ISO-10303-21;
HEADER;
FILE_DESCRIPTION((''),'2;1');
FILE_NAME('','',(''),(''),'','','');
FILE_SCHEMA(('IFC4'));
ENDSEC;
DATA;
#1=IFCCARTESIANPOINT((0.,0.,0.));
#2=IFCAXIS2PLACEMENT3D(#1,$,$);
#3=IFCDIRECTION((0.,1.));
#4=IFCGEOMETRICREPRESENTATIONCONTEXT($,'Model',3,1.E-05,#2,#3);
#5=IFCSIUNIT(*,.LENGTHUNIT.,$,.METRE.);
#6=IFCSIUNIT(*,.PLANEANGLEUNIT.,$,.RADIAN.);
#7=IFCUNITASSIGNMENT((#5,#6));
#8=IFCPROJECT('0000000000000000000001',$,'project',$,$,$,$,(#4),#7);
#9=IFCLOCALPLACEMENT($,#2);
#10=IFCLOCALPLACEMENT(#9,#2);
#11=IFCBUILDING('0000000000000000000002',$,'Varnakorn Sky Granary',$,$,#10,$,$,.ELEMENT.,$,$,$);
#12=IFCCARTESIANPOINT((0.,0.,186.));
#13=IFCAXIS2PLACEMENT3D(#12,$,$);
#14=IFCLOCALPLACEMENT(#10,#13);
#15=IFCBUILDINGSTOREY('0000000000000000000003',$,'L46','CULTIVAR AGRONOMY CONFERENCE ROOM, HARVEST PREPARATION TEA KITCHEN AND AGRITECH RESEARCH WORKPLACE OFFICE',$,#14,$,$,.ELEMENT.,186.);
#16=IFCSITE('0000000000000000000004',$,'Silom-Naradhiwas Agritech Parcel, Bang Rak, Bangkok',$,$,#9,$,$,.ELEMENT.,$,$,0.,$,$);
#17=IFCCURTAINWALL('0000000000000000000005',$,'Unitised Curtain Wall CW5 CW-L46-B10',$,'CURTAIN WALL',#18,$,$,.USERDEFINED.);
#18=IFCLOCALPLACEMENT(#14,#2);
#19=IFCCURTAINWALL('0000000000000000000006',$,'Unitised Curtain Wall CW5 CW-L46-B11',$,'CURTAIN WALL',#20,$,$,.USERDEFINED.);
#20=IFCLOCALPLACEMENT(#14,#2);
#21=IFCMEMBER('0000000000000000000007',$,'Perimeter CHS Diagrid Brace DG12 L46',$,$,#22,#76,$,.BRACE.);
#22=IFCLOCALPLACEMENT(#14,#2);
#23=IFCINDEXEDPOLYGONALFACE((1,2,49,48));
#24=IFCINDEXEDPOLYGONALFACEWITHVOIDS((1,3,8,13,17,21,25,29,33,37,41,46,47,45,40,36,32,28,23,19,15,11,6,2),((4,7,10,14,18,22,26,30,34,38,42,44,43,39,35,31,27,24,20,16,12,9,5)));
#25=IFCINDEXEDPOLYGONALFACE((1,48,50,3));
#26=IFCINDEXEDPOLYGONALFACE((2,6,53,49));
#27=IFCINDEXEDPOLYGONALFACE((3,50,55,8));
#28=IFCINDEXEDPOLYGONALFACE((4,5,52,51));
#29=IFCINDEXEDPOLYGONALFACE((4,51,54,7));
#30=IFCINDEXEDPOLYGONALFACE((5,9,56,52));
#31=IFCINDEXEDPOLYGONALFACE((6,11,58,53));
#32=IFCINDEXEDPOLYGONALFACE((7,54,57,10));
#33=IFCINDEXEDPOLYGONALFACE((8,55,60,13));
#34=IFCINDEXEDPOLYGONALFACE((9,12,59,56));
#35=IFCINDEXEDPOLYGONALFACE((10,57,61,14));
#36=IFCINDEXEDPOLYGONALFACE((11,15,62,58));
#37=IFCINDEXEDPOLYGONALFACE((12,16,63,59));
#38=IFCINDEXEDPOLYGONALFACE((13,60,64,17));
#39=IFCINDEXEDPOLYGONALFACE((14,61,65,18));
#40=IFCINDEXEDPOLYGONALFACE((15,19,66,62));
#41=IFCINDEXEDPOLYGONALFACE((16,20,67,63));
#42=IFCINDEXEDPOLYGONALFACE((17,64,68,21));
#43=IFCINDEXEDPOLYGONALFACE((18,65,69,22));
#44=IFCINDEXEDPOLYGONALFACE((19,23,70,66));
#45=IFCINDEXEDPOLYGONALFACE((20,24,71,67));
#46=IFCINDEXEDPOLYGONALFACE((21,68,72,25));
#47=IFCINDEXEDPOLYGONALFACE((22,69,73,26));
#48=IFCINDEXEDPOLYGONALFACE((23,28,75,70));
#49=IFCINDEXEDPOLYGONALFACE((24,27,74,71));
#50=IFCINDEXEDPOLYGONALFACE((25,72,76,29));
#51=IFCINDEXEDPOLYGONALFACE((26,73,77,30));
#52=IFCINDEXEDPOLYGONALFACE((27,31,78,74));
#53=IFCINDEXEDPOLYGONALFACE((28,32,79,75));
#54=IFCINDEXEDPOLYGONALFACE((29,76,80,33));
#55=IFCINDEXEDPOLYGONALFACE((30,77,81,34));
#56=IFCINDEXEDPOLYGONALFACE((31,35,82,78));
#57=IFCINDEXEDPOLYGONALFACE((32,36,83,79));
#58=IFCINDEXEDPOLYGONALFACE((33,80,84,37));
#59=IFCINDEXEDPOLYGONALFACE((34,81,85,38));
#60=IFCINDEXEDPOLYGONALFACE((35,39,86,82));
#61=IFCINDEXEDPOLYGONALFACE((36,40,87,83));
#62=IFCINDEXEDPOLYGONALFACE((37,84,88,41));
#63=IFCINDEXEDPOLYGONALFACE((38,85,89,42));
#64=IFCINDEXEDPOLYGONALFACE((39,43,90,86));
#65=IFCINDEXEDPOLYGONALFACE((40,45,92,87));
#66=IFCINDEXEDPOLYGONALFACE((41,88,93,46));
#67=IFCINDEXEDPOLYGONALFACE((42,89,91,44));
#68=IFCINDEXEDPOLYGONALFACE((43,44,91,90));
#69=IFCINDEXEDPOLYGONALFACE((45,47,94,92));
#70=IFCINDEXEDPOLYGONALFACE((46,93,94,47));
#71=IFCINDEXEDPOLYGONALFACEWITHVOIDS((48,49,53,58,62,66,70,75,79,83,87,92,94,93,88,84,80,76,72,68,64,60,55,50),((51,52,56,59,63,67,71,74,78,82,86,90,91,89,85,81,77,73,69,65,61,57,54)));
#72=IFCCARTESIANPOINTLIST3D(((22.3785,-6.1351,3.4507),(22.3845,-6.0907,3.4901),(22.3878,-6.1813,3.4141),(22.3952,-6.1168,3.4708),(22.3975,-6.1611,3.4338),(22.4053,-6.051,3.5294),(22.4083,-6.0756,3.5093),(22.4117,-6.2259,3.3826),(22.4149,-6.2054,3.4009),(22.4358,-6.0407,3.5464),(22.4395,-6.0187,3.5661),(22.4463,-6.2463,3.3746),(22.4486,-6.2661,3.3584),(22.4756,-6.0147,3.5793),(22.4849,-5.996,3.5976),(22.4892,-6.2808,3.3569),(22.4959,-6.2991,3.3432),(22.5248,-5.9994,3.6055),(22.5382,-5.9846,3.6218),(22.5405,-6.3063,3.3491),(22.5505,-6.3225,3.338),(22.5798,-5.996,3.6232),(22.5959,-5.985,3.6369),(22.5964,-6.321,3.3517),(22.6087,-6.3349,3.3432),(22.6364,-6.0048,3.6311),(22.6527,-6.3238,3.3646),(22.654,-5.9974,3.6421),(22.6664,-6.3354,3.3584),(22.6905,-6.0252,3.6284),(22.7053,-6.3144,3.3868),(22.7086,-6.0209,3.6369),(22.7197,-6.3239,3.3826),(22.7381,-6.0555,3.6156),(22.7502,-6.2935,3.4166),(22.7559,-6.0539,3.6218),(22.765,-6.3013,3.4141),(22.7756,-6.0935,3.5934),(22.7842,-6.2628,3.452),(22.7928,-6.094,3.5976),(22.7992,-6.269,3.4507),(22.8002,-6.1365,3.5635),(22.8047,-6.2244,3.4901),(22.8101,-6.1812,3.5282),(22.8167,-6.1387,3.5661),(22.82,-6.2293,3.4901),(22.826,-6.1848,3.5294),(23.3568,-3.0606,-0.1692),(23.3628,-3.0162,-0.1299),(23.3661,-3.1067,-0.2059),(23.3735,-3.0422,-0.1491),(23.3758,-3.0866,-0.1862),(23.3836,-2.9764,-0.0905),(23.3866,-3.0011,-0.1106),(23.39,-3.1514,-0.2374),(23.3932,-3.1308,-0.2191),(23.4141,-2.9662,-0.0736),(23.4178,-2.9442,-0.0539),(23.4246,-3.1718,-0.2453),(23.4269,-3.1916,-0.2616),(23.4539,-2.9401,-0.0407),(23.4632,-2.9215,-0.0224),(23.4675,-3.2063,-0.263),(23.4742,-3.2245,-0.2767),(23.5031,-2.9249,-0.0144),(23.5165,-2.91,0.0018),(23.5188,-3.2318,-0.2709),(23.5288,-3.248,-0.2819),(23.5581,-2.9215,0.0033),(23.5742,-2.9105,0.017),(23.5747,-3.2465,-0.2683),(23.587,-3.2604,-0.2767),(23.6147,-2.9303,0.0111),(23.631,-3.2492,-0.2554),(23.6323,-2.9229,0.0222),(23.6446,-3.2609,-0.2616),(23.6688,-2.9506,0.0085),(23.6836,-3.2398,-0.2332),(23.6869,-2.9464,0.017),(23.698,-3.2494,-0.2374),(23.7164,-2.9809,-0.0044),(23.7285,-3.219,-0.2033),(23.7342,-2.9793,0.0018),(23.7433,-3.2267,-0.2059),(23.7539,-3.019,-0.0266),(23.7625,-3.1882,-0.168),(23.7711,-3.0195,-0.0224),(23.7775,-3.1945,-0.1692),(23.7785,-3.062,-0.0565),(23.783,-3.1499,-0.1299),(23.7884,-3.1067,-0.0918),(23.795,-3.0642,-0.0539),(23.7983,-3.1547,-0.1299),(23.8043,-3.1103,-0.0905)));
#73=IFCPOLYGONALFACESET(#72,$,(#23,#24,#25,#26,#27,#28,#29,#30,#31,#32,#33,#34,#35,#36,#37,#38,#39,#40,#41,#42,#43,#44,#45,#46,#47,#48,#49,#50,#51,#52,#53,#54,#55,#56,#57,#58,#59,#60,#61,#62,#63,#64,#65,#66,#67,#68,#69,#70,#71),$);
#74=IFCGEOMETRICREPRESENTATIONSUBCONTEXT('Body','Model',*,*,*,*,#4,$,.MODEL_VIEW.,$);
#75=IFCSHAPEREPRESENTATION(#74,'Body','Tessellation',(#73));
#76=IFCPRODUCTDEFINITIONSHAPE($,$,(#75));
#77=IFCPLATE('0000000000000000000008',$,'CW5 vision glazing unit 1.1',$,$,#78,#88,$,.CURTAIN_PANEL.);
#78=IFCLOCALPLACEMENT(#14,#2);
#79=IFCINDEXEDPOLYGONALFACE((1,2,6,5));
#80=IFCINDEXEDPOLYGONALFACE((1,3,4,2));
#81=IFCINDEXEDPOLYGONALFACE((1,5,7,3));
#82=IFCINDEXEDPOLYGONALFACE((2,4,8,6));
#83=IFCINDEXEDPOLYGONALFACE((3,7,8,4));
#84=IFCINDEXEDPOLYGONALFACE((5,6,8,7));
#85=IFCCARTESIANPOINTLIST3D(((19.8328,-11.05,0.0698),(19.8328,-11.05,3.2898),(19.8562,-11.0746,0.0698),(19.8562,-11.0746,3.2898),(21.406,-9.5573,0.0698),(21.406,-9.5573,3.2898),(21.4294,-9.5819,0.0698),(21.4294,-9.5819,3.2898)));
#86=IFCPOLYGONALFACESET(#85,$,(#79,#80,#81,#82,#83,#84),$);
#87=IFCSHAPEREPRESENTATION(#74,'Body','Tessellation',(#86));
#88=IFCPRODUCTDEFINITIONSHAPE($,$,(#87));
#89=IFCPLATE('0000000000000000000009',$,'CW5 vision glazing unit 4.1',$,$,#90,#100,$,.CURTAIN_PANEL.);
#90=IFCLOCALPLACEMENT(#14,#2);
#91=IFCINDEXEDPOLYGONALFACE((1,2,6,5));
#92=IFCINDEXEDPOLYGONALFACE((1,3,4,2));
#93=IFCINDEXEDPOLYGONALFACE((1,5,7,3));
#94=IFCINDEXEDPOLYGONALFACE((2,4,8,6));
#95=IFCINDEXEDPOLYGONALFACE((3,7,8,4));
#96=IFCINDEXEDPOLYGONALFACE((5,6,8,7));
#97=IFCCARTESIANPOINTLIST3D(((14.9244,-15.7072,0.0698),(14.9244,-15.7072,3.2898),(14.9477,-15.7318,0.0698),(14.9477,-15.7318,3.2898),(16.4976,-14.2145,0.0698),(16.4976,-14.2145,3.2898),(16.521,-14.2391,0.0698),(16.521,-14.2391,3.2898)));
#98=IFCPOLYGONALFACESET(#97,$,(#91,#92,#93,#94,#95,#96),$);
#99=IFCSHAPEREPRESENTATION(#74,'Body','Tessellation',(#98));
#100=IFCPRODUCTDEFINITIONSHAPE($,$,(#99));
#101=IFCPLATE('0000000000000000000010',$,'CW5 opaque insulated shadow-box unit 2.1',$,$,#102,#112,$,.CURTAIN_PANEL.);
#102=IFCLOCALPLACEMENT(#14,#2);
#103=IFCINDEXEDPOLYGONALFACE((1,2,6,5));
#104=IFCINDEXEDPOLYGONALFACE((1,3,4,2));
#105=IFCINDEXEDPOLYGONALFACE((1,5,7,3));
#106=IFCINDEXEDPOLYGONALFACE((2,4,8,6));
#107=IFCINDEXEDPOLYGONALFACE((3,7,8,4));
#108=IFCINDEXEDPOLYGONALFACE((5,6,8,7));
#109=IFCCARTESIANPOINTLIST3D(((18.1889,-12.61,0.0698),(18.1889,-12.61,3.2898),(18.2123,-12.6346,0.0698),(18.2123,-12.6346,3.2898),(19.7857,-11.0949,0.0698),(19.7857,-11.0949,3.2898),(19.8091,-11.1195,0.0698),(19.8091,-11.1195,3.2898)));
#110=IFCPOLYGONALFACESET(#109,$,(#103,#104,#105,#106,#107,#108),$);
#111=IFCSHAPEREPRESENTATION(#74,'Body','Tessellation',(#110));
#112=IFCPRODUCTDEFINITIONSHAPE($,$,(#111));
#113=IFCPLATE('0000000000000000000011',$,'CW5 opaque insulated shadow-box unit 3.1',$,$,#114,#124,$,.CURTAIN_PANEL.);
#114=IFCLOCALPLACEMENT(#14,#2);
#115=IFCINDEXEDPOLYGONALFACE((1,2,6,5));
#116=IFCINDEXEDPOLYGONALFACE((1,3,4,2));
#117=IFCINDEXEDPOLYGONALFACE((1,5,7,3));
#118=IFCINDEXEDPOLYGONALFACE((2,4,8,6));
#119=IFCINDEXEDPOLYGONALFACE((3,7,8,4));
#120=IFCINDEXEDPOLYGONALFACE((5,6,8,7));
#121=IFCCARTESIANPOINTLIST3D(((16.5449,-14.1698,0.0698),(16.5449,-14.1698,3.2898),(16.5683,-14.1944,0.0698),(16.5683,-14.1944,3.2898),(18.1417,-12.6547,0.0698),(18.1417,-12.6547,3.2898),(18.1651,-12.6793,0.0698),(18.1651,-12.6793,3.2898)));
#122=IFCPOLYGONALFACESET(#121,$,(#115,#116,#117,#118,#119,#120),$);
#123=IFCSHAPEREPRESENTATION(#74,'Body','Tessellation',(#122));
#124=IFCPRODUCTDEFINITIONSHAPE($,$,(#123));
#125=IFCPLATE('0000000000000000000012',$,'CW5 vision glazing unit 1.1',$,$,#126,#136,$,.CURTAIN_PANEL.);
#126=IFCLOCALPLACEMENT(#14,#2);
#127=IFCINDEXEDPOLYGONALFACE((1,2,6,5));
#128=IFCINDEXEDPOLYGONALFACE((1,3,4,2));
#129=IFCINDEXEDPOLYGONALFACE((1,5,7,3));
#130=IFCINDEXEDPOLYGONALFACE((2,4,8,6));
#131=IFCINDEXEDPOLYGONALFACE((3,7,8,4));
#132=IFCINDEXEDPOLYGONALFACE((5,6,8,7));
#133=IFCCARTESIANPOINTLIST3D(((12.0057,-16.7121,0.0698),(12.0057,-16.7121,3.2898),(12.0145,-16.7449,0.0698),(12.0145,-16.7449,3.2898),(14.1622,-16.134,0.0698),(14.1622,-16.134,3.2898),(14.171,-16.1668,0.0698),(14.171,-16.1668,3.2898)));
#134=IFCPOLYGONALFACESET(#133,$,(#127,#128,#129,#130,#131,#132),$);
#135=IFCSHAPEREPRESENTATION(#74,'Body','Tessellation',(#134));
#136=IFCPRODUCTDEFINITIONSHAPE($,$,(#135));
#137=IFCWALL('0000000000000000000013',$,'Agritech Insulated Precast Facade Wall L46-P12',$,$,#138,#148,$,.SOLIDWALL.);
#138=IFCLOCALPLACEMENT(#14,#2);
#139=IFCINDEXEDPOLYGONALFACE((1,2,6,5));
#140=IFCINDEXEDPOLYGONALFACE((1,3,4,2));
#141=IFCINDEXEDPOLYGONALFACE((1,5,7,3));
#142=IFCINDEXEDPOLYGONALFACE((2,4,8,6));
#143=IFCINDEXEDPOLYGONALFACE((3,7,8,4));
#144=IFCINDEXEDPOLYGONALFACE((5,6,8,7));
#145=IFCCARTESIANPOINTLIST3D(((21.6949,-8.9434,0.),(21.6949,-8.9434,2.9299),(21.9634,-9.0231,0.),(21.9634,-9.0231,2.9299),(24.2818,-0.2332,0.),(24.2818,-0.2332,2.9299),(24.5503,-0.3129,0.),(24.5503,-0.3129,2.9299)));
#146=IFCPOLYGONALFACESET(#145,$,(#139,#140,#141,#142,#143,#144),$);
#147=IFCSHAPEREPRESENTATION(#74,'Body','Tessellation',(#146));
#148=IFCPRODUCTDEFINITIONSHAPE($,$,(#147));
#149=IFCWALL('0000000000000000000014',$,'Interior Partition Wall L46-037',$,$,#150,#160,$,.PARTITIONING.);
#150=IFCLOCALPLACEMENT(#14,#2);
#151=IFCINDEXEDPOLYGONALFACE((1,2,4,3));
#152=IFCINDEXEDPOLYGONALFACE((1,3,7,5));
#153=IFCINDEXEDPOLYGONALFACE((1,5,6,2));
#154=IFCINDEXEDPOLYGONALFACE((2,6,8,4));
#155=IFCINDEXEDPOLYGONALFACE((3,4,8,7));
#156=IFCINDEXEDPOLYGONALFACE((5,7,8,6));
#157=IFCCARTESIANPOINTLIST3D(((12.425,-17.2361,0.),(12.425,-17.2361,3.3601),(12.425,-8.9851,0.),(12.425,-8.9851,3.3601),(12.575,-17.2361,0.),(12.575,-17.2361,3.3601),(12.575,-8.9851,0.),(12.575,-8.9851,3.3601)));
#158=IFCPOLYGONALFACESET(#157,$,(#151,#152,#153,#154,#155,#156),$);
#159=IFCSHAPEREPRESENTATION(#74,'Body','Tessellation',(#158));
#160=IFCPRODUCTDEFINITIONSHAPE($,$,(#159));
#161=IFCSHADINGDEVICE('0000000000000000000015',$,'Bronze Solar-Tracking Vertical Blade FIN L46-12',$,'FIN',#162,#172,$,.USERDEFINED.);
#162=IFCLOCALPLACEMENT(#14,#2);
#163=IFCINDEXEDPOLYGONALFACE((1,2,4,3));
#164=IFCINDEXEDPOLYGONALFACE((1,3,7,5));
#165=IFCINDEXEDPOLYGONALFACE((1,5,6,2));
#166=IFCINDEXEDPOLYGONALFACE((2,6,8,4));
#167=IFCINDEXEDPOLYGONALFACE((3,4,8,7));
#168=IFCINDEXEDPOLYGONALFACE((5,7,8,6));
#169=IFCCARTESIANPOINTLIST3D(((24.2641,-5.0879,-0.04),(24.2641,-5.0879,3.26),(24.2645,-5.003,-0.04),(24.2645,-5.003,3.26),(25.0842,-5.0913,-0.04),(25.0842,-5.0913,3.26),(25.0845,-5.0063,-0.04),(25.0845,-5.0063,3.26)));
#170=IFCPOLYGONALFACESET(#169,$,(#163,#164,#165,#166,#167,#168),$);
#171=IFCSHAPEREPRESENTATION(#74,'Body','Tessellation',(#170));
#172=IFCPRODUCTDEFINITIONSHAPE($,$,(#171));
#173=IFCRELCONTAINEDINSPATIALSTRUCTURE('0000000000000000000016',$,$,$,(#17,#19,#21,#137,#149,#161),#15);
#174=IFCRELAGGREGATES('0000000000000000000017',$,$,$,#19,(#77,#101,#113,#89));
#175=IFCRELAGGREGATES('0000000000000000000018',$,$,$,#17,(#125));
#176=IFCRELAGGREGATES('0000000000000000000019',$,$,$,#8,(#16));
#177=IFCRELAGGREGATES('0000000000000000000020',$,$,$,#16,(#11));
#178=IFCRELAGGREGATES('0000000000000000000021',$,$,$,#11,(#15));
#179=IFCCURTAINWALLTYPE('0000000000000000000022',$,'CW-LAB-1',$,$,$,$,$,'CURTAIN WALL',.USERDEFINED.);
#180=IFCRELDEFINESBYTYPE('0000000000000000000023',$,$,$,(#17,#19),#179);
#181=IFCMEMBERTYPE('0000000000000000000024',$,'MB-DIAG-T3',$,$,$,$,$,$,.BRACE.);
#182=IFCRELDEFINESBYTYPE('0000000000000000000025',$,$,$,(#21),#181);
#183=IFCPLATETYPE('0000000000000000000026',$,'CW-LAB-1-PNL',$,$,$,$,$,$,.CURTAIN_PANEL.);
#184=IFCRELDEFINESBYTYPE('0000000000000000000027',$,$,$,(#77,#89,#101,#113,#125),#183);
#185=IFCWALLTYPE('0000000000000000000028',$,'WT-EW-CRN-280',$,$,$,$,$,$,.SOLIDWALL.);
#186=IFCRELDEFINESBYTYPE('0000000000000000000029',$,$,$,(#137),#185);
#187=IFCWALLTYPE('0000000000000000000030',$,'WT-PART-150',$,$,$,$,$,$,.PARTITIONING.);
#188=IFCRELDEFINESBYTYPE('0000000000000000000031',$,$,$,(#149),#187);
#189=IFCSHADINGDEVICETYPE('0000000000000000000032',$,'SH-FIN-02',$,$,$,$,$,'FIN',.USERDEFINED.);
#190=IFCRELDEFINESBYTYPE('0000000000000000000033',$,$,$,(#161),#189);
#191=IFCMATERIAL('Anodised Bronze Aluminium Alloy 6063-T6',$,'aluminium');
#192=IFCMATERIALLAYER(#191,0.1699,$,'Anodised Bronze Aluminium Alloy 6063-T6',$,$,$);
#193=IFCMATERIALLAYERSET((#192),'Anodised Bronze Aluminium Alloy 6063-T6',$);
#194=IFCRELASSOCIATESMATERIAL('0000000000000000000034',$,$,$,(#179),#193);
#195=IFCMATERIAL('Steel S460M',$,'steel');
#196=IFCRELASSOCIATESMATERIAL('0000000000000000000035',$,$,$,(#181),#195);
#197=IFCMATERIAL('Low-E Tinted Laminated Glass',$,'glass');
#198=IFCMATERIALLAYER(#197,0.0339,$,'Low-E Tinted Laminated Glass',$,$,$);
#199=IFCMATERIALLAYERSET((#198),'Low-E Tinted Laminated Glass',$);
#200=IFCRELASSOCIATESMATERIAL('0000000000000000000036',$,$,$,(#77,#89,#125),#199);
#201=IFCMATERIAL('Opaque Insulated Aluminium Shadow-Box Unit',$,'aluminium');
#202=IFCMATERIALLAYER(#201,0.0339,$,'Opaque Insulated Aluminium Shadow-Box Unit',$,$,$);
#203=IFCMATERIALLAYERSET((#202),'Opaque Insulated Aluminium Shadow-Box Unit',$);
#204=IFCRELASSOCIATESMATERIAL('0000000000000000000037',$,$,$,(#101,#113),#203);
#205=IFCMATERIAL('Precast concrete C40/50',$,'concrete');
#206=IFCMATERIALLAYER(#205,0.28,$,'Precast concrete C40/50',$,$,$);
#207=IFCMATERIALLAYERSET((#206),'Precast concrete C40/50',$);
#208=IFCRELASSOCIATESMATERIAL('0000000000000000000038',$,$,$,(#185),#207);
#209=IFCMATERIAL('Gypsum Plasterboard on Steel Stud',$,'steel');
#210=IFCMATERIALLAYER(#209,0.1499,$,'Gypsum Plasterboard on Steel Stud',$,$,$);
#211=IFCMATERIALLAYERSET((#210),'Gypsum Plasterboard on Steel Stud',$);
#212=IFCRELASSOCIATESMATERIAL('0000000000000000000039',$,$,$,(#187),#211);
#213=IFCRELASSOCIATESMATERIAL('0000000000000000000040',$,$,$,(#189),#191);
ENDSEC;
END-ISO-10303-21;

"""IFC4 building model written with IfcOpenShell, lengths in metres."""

from ifc_helpers import new_model, si_unit, direction, frame, frame_2d, origin, origin_2d, place, context, subcontext, project, spatial, rectangle, hollow_circle, extrude, source, transform, mapped, material, layer, layer_set, material_profile, profile_set, type_object, type_shapes, element, aggregate, save


model = new_model("IFC4")

# Units and contexts
model_context = context("Model", 3, precision=1e-05, world=origin(), true_north=direction((0.0, 1.0)))
body_context = subcontext(model_context, "Body", "Model", "MODEL_VIEW")
ifc_project = project(units=[si_unit("LENGTHUNIT", "METRE"), si_unit("PLANEANGLEUNIT", "RADIAN")], contexts=[model_context])

# Site, building, storey
site_placement = place(None, origin())
site = spatial("IfcSite", under=ifc_project, at=site_placement, Name="Silom-Naradhiwas Agritech Parcel, Bang Rak, Bangkok", CompositionType="ELEMENT", RefElevation=0.0)
building_placement = place(site_placement, origin())
building = spatial("IfcBuilding", under=site, at=building_placement, Name="Varnakorn Sky Granary", CompositionType="ELEMENT")
storey_placement = place(building_placement, frame((0.0, 0.0, 186.0)))
storey = spatial("IfcBuildingStorey", under=building, at=storey_placement, Name="L46", Description="CULTIVAR AGRONOMY CONFERENCE ROOM, HARVEST PREPARATION TEA KITCHEN AND AGRITECH RESEARCH WORKPLACE OFFICE", CompositionType="ELEMENT", Elevation=186.0)

# Shared definitions
ifc_material_1 = material(Name="Steel S460M", Category="steel")

# Curtain wall
ifc_material_2 = material(Name="Anodised Bronze Aluminium Alloy 6063-T6", Category="aluminium")
ifc_layer_1 = layer(ifc_material_2, 0.1699, Name="Anodised Bronze Aluminium Alloy 6063-T6")
ifc_layer_set_1 = layer_set([ifc_layer_1], Name="Anodised Bronze Aluminium Alloy 6063-T6")
curtain_wall_type = type_object("IfcCurtainWallType", Name="CW-LAB-1", ElementType="CURTAIN WALL", PredefinedType="USERDEFINED", material=ifc_layer_set_1)
curtain_wall_1_placement = place(storey_placement, origin())
curtain_wall_1 = element("IfcCurtainWall", 1, at=curtain_wall_1_placement, inside=storey, type_object=curtain_wall_type, Name="Unitised Curtain Wall CW5 CW-L46-B10", ObjectType="CURTAIN WALL", PredefinedType="USERDEFINED")

# Curtain wall
curtain_wall_2_placement = place(storey_placement, origin())
curtain_wall_2 = element("IfcCurtainWall", 2, at=curtain_wall_2_placement, inside=storey, type_object=curtain_wall_type, Name="Unitised Curtain Wall CW5 CW-L46-B11", ObjectType="CURTAIN WALL", PredefinedType="USERDEFINED")

# Member
ifc_material_profile_1 = material_profile(ifc_material_1, hollow_circle(Radius=0.2285, WallThickness=0.0161, at=origin_2d()), Name="CHS 457x16")
ifc_profile_set_1 = profile_set([ifc_material_profile_1], Name="Steel S460M")
member_type_1 = type_object("IfcMemberType", Name="MB-DIAG-T3", PredefinedType="BRACE", material=ifc_profile_set_1)
member_1_placement = place(storey_placement, frame((23.5806, -3.0854, -0.1299), z_axis=(-0.201747, -0.63404, 0.746519), x_axis=(0.952923, -0.303213, 0.0)))
element("IfcMember", 3, at=member_1_placement, inside=storey, type_object=member_type_1, Name="Perimeter CHS Diagrid Brace DG12 L46", PredefinedType="BRACE", context=body_context, shape_type="SweptSolid", body=[
    extrude(hollow_circle(Radius=0.2285, WallThickness=0.0161, at=origin_2d()), origin(), (0.0, 0.0, 1.0), 4.8491),
])

# Plates
ifc_material_3 = material(Name="Low-E Tinted Laminated Glass", Category="glass")
ifc_layer_2 = layer(ifc_material_3, 0.0339, Name="Low-E Tinted Laminated Glass")
ifc_layer_set_2 = layer_set([ifc_layer_2], Name="Low-E Tinted Laminated Glass")
plate_type = type_object("IfcPlateType", Name="CW-LAB-1-PNL", PredefinedType="CURTAIN_PANEL")
shared_shape_1 = source(origin(), body_context, "Body", "SweptSolid", [
    extrude(rectangle(XDim=2.1687, YDim=0.0339, at=origin_2d()), origin(), (0.0, 0.0, 1.0), 3.22),
])
plate_1_placement = place(storey_placement, frame((20.6311, -10.3159, 0.0698), z_axis=(0.0, 0.0, 1.0), x_axis=(-0.725434, -0.688292, 0.0)))
plate_1 = element("IfcPlate", 4, at=plate_1_placement, type_object=plate_type, material=ifc_layer_set_2, Name="CW5 vision glazing unit 1.1", PredefinedType="CURTAIN_PANEL", context=body_context, shape_type="MappedRepresentation", body=[
    mapped(shared_shape_1, transform((0.0, 0.0, 0.0), x_axis=(1.0, 0.0, 0.0), y_axis=(0.0, 1.0, 0.0), z_axis=(0.0, 0.0, 1.0), scale=1.0)),
])
plate_2_placement = place(storey_placement, frame((15.7227, -14.9731, 0.0698), z_axis=(0.0, 0.0, 1.0), x_axis=(-0.725434, -0.688292, 0.0)))
plate_2 = element("IfcPlate", 5, at=plate_2_placement, type_object=plate_type, material=ifc_layer_set_2, Name="CW5 vision glazing unit 4.1", PredefinedType="CURTAIN_PANEL", context=body_context, shape_type="MappedRepresentation", body=[
    mapped(shared_shape_1, transform((0.0, 0.0, 0.0), x_axis=(1.0, 0.0, 0.0), y_axis=(0.0, 1.0, 0.0), z_axis=(0.0, 0.0, 1.0), scale=1.0)),
])
ifc_material_4 = material(Name="Opaque Insulated Aluminium Shadow-Box Unit", Category="aluminium")
ifc_layer_3 = layer(ifc_material_4, 0.0339, Name="Opaque Insulated Aluminium Shadow-Box Unit")
ifc_layer_set_3 = layer_set([ifc_layer_3], Name="Opaque Insulated Aluminium Shadow-Box Unit")
shared_shape_2 = source(origin(), body_context, "Body", "SweptSolid", [
    extrude(rectangle(XDim=2.2012, YDim=0.0339, at=origin_2d()), origin(), (0.0, 0.0, 1.0), 3.22),
])
plate_3_placement = place(storey_placement, frame((18.999, -11.8647, 0.0698), z_axis=(0.0, 0.0, 1.0), x_axis=(-0.725434, -0.688292, 0.0)))
plate_3 = element("IfcPlate", 6, at=plate_3_placement, type_object=plate_type, material=ifc_layer_set_3, Name="CW5 opaque insulated shadow-box unit 2.1", PredefinedType="CURTAIN_PANEL", context=body_context, shape_type="MappedRepresentation", body=[
    mapped(shared_shape_2, transform((0.0, 0.0, 0.0), x_axis=(1.0, 0.0, 0.0), y_axis=(0.0, 1.0, 0.0), z_axis=(0.0, 0.0, 1.0), scale=1.0)),
])
plate_4_placement = place(storey_placement, frame((17.355, -13.4246, 0.0698), z_axis=(0.0, 0.0, 1.0), x_axis=(-0.725434, -0.688292, 0.0)))
plate_4 = element("IfcPlate", 7, at=plate_4_placement, type_object=plate_type, material=ifc_layer_set_3, Name="CW5 opaque insulated shadow-box unit 3.1", PredefinedType="CURTAIN_PANEL", context=body_context, shape_type="MappedRepresentation", body=[
    mapped(shared_shape_2, transform((0.0, 0.0, 0.0), x_axis=(1.0, 0.0, 0.0), y_axis=(0.0, 1.0, 0.0), z_axis=(0.0, 0.0, 1.0), scale=1.0)),
])
aggregate(curtain_wall_2, [plate_1, plate_3, plate_4, plate_2])
shared_shape_3 = source(origin(), body_context, "Body", "SweptSolid", [
    extrude(rectangle(XDim=2.2327, YDim=0.0339, at=origin_2d()), origin(), (0.0, 0.0, 1.0), 3.22),
])
type_shapes(plate_type, [shared_shape_1, shared_shape_2, shared_shape_3])
plate_5_placement = place(storey_placement, frame((13.0884, -16.4395, 0.0698), z_axis=(0.0, 0.0, 1.0), x_axis=(-0.965897, -0.258925, 0.0)))
plate_5 = element("IfcPlate", 8, at=plate_5_placement, type_object=plate_type, material=ifc_layer_set_2, Name="CW5 vision glazing unit 1.1", PredefinedType="CURTAIN_PANEL", context=body_context, shape_type="MappedRepresentation", body=[
    mapped(shared_shape_3, transform((0.0, 0.0, 0.0), x_axis=(1.0, 0.0, 0.0), y_axis=(0.0, 1.0, 0.0), z_axis=(0.0, 0.0, 1.0), scale=1.0)),
])
aggregate(curtain_wall_1, [plate_5])

# Walls
ifc_material_5 = material(Name="Precast concrete C40/50", Category="concrete")
ifc_layer_4 = layer(ifc_material_5, 0.28, Name="Precast concrete C40/50")
ifc_layer_set_4 = layer_set([ifc_layer_4], Name="Precast concrete C40/50")
wall_type_1 = type_object("IfcWallType", Name="WT-EW-CRN-280", PredefinedType="SOLIDWALL", material=ifc_layer_set_4)
wall_1_placement = place(storey_placement, frame((24.416, -0.2732, 0.0), z_axis=(0.0, 0.0, 1.0), x_axis=(-0.284707, -0.958615, 0.0)))
element("IfcWall", 9, at=wall_1_placement, inside=storey, type_object=wall_type_1, Name="Agritech Insulated Precast Facade Wall L46-P12", PredefinedType="SOLIDWALL", context=body_context, shape_type="SweptSolid", body=[
    extrude(rectangle(XDim=9.0862, YDim=0.28, at=frame_2d((4.543, 0.0))), origin(), (0.0, 0.0, 1.0), 2.9299),
])
ifc_material_6 = material(Name="Gypsum Plasterboard on Steel Stud", Category="steel")
ifc_layer_5 = layer(ifc_material_6, 0.1499, Name="Gypsum Plasterboard on Steel Stud")
ifc_layer_set_5 = layer_set([ifc_layer_5], Name="Gypsum Plasterboard on Steel Stud")
wall_type_2 = type_object("IfcWallType", Name="WT-PART-150", PredefinedType="PARTITIONING", material=ifc_layer_set_5)
wall_2_placement = place(storey_placement, frame((12.5, -8.9851, 0.0), z_axis=(0.0, 0.0, 1.0), x_axis=(0.0, -1.0, 0.0)))
element("IfcWall", 10, at=wall_2_placement, inside=storey, type_object=wall_type_2, Name="Interior Partition Wall L46-037", PredefinedType="PARTITIONING", context=body_context, shape_type="SweptSolid", body=[
    extrude(rectangle(XDim=8.251, YDim=0.1499, at=frame_2d((4.1255, 0.0))), origin(), (0.0, 0.0, 1.0), 3.3601),
])

# Shading device
shading_device_type = type_object("IfcShadingDeviceType", Name="SH-FIN-02", ElementType="FIN", PredefinedType="USERDEFINED", material=ifc_material_2)
shared_shape_4 = source(origin(), body_context, "Body", "SweptSolid", [
    extrude(rectangle(XDim=0.085, YDim=0.8201, at=origin_2d()), origin(), (0.0, 0.0, 1.0), 3.3),
])
type_shapes(shading_device_type, [shared_shape_4])
shading_device_placement = place(storey_placement, frame((24.6743, -5.0471, -0.04), z_axis=(0.0, 0.0, 1.0), x_axis=(0.004034, 0.999992, 0.0)))
element("IfcShadingDevice", 11, at=shading_device_placement, inside=storey, type_object=shading_device_type, Name="Bronze Solar-Tracking Vertical Blade FIN L46-12", ObjectType="FIN", PredefinedType="USERDEFINED", context=body_context, shape_type="MappedRepresentation", body=[
    mapped(shared_shape_4, transform((0.0, 0.0, 0.0), x_axis=(1.0, 0.0, 0.0), y_axis=(0.0, 1.0, 0.0), z_axis=(0.0, 0.0, 1.0), scale=1.0)),
])

save(model, "model.ifc")
